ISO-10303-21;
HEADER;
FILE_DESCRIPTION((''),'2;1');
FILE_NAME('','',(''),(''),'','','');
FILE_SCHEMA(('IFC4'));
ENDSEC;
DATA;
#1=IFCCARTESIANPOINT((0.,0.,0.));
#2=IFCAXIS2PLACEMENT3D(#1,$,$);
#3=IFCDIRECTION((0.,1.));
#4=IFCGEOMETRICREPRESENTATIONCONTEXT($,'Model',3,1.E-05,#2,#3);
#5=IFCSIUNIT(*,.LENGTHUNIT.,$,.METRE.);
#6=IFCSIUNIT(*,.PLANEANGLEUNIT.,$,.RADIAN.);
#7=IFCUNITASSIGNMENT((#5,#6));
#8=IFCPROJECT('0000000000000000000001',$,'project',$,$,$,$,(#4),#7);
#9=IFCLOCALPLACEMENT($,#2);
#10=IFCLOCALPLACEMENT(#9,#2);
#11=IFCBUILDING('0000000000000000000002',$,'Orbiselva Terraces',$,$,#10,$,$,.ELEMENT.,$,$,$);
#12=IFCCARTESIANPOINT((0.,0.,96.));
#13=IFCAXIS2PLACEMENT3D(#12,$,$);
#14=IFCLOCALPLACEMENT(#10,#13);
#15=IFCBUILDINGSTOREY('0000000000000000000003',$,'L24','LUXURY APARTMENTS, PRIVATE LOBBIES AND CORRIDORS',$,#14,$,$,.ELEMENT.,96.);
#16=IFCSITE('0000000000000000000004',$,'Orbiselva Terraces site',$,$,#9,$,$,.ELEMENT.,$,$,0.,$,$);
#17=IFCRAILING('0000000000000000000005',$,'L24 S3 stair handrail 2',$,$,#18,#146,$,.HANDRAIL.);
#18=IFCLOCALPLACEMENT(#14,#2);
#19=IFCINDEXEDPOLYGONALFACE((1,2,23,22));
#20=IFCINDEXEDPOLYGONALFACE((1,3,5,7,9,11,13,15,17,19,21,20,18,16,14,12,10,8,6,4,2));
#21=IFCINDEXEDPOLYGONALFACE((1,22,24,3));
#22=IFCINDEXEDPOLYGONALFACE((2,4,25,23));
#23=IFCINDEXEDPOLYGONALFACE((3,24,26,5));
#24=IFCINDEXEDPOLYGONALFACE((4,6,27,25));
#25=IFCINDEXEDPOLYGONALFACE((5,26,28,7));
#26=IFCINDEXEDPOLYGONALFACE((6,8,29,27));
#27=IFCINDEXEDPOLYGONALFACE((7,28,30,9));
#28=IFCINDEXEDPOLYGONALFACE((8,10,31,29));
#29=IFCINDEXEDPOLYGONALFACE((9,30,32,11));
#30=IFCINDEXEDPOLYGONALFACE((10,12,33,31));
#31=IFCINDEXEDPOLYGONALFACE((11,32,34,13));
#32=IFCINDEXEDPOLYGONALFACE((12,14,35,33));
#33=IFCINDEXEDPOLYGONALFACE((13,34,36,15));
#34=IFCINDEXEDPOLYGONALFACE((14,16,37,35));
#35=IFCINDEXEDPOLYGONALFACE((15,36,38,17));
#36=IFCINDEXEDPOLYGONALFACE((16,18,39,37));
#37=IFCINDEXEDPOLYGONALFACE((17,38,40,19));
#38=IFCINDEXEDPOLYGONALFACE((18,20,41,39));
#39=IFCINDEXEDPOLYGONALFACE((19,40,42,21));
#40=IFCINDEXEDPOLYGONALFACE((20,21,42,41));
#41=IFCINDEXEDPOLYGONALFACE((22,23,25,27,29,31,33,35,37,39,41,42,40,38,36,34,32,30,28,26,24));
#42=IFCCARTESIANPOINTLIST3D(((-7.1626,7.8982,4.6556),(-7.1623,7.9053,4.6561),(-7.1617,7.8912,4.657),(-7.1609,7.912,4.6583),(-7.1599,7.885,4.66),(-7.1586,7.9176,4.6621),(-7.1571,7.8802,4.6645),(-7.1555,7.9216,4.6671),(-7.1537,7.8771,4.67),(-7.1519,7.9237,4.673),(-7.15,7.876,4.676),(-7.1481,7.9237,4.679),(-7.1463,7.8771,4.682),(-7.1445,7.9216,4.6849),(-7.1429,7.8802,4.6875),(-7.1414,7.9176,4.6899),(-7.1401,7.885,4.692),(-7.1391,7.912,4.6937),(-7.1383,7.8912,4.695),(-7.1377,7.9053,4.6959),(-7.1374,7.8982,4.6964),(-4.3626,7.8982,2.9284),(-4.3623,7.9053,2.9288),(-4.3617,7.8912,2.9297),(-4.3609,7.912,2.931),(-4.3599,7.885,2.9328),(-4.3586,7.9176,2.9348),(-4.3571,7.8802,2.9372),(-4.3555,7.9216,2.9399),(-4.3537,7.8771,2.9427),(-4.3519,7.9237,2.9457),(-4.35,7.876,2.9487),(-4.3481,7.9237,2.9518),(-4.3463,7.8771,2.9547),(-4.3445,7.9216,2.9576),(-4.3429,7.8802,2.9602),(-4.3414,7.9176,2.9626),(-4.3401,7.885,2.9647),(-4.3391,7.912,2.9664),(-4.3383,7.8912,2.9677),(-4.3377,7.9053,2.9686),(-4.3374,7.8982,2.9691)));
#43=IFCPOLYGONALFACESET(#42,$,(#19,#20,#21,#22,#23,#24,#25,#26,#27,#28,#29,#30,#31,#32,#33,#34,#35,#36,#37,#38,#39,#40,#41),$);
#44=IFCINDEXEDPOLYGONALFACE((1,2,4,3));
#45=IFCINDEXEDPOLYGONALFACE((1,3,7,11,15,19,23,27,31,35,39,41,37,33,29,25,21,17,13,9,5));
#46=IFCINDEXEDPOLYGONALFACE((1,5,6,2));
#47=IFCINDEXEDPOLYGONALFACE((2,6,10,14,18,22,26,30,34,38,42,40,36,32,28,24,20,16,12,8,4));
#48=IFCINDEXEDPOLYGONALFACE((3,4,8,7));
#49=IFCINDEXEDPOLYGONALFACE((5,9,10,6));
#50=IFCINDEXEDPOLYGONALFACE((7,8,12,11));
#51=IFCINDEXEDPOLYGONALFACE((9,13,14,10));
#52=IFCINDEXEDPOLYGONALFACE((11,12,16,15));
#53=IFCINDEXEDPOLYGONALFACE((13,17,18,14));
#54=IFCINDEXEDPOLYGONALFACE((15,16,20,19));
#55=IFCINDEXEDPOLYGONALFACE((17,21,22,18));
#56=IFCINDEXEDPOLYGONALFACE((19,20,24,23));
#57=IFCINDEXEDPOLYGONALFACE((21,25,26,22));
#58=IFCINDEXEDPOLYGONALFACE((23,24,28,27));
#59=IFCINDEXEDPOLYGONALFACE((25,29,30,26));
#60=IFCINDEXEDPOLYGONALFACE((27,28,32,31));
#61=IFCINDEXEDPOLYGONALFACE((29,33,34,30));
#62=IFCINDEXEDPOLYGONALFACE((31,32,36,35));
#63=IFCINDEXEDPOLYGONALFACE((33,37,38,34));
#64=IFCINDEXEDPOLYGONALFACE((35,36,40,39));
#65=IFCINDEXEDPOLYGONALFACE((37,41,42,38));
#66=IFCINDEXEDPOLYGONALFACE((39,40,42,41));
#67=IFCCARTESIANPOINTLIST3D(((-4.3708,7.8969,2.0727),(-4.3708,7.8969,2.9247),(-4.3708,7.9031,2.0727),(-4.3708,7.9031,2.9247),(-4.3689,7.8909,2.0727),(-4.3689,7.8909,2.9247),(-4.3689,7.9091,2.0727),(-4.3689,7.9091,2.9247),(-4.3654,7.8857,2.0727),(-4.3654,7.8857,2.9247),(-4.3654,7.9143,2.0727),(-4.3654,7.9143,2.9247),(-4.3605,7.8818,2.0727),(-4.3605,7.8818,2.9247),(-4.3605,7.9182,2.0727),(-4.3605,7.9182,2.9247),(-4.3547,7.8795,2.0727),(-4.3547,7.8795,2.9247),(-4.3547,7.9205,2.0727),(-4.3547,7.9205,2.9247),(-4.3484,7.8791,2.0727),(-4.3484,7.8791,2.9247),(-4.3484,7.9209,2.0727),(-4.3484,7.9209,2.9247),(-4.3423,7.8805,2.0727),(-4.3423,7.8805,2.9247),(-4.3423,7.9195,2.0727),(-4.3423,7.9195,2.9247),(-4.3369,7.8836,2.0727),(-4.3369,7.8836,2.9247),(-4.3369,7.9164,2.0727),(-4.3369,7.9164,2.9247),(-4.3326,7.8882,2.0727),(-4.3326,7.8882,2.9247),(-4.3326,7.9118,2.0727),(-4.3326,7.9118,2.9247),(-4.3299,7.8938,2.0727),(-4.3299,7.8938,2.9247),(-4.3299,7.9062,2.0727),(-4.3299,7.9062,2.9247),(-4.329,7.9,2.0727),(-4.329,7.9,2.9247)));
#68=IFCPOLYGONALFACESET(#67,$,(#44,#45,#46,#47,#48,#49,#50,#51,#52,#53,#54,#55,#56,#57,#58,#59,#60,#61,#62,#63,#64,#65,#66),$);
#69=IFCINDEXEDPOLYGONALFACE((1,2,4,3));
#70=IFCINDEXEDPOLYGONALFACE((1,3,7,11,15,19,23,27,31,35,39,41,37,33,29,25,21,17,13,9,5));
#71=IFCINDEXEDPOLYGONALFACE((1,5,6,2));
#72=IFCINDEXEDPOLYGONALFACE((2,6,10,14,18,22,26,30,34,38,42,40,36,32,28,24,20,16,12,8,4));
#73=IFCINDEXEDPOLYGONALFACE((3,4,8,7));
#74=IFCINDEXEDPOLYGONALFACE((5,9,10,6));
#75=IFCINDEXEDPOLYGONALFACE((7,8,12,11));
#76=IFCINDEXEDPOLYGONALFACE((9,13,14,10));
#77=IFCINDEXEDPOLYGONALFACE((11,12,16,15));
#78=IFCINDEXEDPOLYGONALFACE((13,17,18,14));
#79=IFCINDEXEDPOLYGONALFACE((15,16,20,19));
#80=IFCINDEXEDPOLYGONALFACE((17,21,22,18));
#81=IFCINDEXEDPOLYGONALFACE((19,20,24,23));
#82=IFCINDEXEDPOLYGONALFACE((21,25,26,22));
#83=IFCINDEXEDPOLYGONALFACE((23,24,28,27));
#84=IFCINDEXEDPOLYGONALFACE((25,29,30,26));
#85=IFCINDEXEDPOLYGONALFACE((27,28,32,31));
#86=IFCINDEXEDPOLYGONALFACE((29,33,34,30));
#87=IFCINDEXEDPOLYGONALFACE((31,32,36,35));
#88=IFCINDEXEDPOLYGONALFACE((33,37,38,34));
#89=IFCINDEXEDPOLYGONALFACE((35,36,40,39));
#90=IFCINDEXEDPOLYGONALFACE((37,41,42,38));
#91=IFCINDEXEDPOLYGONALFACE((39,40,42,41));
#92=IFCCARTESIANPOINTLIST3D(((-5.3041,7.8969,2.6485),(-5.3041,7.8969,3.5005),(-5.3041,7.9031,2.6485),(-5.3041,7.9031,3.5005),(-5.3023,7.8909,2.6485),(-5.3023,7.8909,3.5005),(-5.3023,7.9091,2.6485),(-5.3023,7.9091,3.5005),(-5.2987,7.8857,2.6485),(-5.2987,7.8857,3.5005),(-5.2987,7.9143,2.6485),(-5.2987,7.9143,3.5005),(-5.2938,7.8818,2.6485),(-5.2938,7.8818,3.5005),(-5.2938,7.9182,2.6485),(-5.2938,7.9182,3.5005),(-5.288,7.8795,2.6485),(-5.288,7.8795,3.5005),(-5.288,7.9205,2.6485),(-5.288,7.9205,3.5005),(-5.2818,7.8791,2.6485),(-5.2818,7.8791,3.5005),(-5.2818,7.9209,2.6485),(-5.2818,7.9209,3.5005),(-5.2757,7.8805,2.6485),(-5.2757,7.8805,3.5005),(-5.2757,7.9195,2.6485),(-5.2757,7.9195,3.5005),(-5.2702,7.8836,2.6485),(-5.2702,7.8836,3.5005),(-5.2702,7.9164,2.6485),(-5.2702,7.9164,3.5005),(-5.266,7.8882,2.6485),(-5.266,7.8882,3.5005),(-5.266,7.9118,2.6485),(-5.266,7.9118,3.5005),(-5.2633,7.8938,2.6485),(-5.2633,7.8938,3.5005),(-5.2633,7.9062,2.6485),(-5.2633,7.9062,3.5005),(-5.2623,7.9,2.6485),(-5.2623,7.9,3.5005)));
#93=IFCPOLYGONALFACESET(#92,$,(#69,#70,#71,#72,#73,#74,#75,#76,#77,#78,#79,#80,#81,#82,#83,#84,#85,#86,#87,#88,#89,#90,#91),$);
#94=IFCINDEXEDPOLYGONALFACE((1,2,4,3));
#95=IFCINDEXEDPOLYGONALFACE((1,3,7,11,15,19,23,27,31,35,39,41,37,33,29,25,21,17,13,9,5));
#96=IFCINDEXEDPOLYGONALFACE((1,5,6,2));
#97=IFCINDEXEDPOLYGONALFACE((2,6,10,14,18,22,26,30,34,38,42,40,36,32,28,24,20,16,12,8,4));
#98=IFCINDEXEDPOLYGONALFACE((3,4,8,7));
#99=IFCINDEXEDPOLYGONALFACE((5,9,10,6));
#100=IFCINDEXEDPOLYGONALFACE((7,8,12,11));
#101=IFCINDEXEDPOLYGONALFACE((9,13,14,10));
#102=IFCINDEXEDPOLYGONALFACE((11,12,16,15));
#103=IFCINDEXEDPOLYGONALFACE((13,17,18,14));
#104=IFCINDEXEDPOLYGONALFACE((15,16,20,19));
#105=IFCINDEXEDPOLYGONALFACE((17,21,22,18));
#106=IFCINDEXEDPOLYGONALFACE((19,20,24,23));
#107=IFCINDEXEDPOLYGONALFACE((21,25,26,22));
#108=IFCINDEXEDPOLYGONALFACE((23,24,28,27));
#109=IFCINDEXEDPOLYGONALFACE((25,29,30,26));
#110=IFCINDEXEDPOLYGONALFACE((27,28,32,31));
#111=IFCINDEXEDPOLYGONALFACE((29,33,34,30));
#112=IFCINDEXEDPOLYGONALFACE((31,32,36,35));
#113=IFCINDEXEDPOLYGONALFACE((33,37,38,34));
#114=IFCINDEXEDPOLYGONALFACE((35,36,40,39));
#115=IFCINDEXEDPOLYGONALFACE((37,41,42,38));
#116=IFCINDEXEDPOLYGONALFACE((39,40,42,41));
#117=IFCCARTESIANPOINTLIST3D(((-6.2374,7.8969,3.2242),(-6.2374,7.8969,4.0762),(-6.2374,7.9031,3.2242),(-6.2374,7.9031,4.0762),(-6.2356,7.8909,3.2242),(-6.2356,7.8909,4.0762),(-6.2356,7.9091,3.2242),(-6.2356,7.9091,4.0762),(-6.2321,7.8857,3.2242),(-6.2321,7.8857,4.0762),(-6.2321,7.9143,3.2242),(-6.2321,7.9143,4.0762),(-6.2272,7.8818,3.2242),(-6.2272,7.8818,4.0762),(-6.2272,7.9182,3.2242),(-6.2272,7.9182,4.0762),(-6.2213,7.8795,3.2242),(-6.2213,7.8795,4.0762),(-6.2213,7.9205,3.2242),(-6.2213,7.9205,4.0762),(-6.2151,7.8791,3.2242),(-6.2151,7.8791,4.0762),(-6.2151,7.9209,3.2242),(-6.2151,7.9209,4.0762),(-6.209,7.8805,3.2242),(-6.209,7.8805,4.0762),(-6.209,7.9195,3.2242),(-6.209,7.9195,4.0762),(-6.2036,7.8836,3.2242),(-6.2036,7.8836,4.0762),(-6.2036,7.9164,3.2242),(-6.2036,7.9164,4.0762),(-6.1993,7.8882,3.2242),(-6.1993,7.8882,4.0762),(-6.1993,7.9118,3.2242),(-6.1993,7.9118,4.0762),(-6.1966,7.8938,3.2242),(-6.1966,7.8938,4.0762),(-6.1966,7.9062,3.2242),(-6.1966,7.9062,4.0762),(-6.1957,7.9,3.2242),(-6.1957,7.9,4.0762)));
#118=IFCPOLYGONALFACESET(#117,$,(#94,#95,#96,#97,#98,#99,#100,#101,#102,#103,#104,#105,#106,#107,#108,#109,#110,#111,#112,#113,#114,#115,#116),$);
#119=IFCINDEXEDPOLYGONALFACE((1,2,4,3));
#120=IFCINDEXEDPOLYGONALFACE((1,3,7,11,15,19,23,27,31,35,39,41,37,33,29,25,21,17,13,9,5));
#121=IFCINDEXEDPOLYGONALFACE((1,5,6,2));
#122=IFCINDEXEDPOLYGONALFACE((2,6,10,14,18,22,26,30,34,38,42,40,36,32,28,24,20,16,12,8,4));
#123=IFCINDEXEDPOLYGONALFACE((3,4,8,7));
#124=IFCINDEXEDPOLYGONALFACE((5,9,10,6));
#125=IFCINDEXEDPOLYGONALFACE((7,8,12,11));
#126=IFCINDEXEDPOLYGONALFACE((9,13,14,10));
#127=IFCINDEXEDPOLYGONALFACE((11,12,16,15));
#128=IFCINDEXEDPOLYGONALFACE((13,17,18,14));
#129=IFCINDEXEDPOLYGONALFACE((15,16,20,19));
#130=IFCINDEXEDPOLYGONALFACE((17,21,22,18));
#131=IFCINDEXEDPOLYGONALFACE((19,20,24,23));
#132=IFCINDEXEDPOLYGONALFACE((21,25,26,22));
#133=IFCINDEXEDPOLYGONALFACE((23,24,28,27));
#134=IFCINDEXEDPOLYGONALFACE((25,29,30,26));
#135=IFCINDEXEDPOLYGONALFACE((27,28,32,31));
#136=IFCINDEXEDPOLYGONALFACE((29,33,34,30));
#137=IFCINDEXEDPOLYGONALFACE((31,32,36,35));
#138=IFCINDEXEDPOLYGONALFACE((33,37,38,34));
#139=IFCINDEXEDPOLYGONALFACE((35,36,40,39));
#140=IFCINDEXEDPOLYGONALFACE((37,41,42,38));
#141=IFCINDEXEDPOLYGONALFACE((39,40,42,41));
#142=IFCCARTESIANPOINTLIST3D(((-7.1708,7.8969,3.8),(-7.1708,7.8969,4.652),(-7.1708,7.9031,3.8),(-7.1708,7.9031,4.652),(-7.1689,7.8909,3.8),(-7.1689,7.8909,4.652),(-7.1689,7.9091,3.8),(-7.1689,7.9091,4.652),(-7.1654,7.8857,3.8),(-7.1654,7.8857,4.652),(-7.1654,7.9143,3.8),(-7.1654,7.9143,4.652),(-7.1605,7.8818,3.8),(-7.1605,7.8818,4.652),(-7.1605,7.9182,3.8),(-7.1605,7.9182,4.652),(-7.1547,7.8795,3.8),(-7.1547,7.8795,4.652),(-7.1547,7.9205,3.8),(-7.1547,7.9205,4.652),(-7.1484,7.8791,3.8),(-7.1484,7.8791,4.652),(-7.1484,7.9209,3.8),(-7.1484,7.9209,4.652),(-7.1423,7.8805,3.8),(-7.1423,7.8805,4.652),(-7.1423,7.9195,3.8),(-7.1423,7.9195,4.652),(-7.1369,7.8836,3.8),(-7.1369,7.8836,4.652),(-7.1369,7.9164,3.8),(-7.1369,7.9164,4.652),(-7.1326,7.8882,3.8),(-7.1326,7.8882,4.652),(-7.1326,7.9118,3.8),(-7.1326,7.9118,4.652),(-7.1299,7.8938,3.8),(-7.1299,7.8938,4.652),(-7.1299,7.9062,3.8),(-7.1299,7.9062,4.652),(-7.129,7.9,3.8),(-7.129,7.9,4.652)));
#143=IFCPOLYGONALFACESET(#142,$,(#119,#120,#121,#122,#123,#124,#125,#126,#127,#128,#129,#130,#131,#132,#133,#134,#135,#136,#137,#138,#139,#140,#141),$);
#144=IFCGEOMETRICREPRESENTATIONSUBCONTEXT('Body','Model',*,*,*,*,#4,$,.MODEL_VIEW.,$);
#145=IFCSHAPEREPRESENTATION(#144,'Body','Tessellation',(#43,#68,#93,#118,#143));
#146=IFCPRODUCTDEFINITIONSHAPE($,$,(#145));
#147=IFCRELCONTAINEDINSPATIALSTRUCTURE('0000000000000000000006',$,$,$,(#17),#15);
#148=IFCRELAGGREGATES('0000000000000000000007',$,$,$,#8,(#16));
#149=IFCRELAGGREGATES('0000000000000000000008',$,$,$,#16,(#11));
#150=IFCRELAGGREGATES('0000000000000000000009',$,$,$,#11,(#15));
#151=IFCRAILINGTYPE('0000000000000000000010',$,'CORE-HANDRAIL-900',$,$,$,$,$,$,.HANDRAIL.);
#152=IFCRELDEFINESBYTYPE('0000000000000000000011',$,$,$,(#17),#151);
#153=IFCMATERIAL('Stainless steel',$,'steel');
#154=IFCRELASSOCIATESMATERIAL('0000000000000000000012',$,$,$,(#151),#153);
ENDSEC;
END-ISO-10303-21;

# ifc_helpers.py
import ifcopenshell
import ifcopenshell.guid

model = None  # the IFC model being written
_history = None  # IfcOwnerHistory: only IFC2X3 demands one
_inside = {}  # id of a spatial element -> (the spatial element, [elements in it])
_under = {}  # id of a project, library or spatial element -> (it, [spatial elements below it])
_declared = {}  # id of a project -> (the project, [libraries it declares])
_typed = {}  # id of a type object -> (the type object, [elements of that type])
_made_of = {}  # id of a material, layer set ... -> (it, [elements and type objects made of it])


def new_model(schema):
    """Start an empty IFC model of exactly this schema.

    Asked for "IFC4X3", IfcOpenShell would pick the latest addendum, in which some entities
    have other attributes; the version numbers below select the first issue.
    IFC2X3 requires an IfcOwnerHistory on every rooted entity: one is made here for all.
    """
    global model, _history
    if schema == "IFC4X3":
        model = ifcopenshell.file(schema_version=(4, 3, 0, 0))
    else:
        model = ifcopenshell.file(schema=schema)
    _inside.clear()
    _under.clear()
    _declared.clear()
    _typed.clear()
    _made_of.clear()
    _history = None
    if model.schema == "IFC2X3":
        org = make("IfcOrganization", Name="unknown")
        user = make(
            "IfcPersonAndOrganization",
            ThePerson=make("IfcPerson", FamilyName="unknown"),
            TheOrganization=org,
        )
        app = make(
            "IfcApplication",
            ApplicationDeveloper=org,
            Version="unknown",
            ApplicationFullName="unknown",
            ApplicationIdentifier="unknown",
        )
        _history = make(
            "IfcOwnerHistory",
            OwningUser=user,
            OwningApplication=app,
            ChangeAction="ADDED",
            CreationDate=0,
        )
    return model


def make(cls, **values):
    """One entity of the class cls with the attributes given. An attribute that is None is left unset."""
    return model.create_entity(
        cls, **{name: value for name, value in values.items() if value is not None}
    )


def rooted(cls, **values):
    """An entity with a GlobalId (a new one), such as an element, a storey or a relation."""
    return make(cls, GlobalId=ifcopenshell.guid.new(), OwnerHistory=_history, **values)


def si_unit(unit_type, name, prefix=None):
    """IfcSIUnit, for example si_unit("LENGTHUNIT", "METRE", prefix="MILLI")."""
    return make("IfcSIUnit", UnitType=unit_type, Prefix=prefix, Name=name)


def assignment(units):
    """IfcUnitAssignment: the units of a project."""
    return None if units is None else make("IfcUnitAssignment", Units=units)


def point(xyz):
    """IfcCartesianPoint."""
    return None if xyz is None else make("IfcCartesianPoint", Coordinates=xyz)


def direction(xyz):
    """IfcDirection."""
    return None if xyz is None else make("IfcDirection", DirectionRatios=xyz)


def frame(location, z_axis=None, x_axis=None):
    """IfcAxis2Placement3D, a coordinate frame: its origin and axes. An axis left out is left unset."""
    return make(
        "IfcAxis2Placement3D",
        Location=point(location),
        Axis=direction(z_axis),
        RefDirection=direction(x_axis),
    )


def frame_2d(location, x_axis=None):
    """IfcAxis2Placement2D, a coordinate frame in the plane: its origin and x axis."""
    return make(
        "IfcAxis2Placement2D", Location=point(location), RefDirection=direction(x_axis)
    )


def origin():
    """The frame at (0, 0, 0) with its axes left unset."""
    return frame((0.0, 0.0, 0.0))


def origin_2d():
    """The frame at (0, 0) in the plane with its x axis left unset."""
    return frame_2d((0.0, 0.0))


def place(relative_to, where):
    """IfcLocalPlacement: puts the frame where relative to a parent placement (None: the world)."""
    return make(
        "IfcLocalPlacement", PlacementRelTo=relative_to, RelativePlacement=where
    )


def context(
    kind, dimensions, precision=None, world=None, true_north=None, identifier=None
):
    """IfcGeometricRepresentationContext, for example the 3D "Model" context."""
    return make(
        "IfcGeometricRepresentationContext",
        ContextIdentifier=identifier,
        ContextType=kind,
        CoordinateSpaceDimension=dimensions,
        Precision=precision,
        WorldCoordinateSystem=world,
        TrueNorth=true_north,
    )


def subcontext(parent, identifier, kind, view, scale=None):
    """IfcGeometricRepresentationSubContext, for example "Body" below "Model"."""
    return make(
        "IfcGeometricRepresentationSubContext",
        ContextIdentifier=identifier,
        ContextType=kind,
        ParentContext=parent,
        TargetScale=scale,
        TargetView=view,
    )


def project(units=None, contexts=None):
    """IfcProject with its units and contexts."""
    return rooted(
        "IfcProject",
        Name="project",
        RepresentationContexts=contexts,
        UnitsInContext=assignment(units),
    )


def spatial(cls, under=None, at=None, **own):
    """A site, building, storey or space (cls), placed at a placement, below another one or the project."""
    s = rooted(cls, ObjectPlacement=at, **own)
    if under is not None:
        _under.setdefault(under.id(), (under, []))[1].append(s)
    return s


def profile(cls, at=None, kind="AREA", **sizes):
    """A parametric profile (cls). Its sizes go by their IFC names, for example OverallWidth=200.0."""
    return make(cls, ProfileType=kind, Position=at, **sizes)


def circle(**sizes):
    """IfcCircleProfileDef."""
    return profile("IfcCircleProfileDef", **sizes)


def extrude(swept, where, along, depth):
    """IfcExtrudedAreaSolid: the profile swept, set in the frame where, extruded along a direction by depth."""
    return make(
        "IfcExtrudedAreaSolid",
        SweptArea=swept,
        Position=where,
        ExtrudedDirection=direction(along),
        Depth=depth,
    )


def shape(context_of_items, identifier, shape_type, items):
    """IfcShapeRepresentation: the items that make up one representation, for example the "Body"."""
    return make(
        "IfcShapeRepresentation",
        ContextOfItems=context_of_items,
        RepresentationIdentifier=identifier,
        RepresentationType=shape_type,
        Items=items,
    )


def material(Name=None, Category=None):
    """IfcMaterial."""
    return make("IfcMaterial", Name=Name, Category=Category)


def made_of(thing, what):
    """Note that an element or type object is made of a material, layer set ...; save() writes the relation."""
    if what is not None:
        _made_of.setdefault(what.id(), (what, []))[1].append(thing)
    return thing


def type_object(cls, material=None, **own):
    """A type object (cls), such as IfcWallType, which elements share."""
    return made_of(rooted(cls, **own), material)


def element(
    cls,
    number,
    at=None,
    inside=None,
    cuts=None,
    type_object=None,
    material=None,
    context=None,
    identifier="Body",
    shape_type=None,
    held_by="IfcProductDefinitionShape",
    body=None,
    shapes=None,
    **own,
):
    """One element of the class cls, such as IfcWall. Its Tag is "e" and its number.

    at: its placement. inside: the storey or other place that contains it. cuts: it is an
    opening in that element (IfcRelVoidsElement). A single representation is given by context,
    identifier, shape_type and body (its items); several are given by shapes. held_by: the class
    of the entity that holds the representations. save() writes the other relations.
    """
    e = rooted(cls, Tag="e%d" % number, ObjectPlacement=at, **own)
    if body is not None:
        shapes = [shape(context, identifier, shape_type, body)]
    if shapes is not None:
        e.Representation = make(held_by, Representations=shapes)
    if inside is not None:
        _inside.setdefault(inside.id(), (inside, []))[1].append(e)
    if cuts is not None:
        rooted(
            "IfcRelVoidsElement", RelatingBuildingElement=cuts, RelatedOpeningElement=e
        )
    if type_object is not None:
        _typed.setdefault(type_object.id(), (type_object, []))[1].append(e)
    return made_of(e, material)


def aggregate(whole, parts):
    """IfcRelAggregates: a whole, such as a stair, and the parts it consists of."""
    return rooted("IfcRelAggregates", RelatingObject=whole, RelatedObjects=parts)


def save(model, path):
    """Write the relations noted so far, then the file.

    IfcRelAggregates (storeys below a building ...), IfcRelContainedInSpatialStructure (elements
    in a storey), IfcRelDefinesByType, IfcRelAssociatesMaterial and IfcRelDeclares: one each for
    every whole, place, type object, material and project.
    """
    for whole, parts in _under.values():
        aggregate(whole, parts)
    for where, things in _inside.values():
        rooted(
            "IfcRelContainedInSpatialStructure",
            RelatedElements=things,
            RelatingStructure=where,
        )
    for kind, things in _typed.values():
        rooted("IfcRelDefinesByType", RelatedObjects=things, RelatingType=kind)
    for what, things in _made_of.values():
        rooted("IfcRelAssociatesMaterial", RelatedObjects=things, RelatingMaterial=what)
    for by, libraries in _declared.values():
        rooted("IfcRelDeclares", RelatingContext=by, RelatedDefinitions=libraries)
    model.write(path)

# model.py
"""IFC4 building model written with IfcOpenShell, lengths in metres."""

from ifc_helpers import new_model, si_unit, direction, frame, origin, origin_2d, place, context, subcontext, project, spatial, circle, extrude, material, type_object, element, save


model = new_model("IFC4")

# Units and contexts
model_context = context("Model", 3, precision=1e-05, world=origin(), true_north=direction((0.0, 1.0)))
body_context = subcontext(model_context, "Body", "Model", "MODEL_VIEW")
ifc_project = project(units=[si_unit("LENGTHUNIT", "METRE"), si_unit("PLANEANGLEUNIT", "RADIAN")], contexts=[model_context])

# Site, building, storey
site_placement = place(None, origin())
site = spatial("IfcSite", under=ifc_project, at=site_placement, Name="Orbiselva Terraces site", CompositionType="ELEMENT", RefElevation=0.0)
building_placement = place(site_placement, origin())
building = spatial("IfcBuilding", under=site, at=building_placement, Name="Orbiselva Terraces", CompositionType="ELEMENT")
storey_placement = place(building_placement, frame((0.0, 0.0, 96.0)))
storey = spatial("IfcBuildingStorey", under=building, at=storey_placement, Name="L24", Description="LUXURY APARTMENTS, PRIVATE LOBBIES AND CORRIDORS", CompositionType="ELEMENT", Elevation=96.0)

# Railing
ifc_material_1 = material(Name="Stainless steel", Category="steel")
railing_type_1 = type_object("IfcRailingType", Name="CORE-HANDRAIL-900", PredefinedType="HANDRAIL", material=ifc_material_1)
railing_1_placement = place(storey_placement, frame((-4.35, 7.9, 2.0727)))
element("IfcRailing", 1, at=railing_1_placement, inside=storey, type_object=railing_type_1, Name="L24 S3 stair handrail 2", PredefinedType="HANDRAIL", context=body_context, shape_type="SweptSolid", body=[
    extrude(circle(Radius=0.024, at=origin_2d()), frame((0.0, 0.0, 0.876), z_axis=(-0.851089, 0.0, 0.525022), x_axis=(0.0, -1.0, 0.0)), (0.0, 0.0, 1.0), 3.2899),
    extrude(circle(Radius=0.021, at=origin_2d()), origin(), (0.0, 0.0, 1.0), 0.852),
    extrude(circle(Radius=0.021, at=origin_2d()), frame((-0.9333, 0.0, 0.5758)), (0.0, 0.0, 1.0), 0.852),
    extrude(circle(Radius=0.021, at=origin_2d()), frame((-1.8667, 0.0, 1.1515)), (0.0, 0.0, 1.0), 0.852),
    extrude(circle(Radius=0.021, at=origin_2d()), frame((-2.8, 0.0, 1.7273)), (0.0, 0.0, 1.0), 0.852),
])

save(model, "model.ifc")
